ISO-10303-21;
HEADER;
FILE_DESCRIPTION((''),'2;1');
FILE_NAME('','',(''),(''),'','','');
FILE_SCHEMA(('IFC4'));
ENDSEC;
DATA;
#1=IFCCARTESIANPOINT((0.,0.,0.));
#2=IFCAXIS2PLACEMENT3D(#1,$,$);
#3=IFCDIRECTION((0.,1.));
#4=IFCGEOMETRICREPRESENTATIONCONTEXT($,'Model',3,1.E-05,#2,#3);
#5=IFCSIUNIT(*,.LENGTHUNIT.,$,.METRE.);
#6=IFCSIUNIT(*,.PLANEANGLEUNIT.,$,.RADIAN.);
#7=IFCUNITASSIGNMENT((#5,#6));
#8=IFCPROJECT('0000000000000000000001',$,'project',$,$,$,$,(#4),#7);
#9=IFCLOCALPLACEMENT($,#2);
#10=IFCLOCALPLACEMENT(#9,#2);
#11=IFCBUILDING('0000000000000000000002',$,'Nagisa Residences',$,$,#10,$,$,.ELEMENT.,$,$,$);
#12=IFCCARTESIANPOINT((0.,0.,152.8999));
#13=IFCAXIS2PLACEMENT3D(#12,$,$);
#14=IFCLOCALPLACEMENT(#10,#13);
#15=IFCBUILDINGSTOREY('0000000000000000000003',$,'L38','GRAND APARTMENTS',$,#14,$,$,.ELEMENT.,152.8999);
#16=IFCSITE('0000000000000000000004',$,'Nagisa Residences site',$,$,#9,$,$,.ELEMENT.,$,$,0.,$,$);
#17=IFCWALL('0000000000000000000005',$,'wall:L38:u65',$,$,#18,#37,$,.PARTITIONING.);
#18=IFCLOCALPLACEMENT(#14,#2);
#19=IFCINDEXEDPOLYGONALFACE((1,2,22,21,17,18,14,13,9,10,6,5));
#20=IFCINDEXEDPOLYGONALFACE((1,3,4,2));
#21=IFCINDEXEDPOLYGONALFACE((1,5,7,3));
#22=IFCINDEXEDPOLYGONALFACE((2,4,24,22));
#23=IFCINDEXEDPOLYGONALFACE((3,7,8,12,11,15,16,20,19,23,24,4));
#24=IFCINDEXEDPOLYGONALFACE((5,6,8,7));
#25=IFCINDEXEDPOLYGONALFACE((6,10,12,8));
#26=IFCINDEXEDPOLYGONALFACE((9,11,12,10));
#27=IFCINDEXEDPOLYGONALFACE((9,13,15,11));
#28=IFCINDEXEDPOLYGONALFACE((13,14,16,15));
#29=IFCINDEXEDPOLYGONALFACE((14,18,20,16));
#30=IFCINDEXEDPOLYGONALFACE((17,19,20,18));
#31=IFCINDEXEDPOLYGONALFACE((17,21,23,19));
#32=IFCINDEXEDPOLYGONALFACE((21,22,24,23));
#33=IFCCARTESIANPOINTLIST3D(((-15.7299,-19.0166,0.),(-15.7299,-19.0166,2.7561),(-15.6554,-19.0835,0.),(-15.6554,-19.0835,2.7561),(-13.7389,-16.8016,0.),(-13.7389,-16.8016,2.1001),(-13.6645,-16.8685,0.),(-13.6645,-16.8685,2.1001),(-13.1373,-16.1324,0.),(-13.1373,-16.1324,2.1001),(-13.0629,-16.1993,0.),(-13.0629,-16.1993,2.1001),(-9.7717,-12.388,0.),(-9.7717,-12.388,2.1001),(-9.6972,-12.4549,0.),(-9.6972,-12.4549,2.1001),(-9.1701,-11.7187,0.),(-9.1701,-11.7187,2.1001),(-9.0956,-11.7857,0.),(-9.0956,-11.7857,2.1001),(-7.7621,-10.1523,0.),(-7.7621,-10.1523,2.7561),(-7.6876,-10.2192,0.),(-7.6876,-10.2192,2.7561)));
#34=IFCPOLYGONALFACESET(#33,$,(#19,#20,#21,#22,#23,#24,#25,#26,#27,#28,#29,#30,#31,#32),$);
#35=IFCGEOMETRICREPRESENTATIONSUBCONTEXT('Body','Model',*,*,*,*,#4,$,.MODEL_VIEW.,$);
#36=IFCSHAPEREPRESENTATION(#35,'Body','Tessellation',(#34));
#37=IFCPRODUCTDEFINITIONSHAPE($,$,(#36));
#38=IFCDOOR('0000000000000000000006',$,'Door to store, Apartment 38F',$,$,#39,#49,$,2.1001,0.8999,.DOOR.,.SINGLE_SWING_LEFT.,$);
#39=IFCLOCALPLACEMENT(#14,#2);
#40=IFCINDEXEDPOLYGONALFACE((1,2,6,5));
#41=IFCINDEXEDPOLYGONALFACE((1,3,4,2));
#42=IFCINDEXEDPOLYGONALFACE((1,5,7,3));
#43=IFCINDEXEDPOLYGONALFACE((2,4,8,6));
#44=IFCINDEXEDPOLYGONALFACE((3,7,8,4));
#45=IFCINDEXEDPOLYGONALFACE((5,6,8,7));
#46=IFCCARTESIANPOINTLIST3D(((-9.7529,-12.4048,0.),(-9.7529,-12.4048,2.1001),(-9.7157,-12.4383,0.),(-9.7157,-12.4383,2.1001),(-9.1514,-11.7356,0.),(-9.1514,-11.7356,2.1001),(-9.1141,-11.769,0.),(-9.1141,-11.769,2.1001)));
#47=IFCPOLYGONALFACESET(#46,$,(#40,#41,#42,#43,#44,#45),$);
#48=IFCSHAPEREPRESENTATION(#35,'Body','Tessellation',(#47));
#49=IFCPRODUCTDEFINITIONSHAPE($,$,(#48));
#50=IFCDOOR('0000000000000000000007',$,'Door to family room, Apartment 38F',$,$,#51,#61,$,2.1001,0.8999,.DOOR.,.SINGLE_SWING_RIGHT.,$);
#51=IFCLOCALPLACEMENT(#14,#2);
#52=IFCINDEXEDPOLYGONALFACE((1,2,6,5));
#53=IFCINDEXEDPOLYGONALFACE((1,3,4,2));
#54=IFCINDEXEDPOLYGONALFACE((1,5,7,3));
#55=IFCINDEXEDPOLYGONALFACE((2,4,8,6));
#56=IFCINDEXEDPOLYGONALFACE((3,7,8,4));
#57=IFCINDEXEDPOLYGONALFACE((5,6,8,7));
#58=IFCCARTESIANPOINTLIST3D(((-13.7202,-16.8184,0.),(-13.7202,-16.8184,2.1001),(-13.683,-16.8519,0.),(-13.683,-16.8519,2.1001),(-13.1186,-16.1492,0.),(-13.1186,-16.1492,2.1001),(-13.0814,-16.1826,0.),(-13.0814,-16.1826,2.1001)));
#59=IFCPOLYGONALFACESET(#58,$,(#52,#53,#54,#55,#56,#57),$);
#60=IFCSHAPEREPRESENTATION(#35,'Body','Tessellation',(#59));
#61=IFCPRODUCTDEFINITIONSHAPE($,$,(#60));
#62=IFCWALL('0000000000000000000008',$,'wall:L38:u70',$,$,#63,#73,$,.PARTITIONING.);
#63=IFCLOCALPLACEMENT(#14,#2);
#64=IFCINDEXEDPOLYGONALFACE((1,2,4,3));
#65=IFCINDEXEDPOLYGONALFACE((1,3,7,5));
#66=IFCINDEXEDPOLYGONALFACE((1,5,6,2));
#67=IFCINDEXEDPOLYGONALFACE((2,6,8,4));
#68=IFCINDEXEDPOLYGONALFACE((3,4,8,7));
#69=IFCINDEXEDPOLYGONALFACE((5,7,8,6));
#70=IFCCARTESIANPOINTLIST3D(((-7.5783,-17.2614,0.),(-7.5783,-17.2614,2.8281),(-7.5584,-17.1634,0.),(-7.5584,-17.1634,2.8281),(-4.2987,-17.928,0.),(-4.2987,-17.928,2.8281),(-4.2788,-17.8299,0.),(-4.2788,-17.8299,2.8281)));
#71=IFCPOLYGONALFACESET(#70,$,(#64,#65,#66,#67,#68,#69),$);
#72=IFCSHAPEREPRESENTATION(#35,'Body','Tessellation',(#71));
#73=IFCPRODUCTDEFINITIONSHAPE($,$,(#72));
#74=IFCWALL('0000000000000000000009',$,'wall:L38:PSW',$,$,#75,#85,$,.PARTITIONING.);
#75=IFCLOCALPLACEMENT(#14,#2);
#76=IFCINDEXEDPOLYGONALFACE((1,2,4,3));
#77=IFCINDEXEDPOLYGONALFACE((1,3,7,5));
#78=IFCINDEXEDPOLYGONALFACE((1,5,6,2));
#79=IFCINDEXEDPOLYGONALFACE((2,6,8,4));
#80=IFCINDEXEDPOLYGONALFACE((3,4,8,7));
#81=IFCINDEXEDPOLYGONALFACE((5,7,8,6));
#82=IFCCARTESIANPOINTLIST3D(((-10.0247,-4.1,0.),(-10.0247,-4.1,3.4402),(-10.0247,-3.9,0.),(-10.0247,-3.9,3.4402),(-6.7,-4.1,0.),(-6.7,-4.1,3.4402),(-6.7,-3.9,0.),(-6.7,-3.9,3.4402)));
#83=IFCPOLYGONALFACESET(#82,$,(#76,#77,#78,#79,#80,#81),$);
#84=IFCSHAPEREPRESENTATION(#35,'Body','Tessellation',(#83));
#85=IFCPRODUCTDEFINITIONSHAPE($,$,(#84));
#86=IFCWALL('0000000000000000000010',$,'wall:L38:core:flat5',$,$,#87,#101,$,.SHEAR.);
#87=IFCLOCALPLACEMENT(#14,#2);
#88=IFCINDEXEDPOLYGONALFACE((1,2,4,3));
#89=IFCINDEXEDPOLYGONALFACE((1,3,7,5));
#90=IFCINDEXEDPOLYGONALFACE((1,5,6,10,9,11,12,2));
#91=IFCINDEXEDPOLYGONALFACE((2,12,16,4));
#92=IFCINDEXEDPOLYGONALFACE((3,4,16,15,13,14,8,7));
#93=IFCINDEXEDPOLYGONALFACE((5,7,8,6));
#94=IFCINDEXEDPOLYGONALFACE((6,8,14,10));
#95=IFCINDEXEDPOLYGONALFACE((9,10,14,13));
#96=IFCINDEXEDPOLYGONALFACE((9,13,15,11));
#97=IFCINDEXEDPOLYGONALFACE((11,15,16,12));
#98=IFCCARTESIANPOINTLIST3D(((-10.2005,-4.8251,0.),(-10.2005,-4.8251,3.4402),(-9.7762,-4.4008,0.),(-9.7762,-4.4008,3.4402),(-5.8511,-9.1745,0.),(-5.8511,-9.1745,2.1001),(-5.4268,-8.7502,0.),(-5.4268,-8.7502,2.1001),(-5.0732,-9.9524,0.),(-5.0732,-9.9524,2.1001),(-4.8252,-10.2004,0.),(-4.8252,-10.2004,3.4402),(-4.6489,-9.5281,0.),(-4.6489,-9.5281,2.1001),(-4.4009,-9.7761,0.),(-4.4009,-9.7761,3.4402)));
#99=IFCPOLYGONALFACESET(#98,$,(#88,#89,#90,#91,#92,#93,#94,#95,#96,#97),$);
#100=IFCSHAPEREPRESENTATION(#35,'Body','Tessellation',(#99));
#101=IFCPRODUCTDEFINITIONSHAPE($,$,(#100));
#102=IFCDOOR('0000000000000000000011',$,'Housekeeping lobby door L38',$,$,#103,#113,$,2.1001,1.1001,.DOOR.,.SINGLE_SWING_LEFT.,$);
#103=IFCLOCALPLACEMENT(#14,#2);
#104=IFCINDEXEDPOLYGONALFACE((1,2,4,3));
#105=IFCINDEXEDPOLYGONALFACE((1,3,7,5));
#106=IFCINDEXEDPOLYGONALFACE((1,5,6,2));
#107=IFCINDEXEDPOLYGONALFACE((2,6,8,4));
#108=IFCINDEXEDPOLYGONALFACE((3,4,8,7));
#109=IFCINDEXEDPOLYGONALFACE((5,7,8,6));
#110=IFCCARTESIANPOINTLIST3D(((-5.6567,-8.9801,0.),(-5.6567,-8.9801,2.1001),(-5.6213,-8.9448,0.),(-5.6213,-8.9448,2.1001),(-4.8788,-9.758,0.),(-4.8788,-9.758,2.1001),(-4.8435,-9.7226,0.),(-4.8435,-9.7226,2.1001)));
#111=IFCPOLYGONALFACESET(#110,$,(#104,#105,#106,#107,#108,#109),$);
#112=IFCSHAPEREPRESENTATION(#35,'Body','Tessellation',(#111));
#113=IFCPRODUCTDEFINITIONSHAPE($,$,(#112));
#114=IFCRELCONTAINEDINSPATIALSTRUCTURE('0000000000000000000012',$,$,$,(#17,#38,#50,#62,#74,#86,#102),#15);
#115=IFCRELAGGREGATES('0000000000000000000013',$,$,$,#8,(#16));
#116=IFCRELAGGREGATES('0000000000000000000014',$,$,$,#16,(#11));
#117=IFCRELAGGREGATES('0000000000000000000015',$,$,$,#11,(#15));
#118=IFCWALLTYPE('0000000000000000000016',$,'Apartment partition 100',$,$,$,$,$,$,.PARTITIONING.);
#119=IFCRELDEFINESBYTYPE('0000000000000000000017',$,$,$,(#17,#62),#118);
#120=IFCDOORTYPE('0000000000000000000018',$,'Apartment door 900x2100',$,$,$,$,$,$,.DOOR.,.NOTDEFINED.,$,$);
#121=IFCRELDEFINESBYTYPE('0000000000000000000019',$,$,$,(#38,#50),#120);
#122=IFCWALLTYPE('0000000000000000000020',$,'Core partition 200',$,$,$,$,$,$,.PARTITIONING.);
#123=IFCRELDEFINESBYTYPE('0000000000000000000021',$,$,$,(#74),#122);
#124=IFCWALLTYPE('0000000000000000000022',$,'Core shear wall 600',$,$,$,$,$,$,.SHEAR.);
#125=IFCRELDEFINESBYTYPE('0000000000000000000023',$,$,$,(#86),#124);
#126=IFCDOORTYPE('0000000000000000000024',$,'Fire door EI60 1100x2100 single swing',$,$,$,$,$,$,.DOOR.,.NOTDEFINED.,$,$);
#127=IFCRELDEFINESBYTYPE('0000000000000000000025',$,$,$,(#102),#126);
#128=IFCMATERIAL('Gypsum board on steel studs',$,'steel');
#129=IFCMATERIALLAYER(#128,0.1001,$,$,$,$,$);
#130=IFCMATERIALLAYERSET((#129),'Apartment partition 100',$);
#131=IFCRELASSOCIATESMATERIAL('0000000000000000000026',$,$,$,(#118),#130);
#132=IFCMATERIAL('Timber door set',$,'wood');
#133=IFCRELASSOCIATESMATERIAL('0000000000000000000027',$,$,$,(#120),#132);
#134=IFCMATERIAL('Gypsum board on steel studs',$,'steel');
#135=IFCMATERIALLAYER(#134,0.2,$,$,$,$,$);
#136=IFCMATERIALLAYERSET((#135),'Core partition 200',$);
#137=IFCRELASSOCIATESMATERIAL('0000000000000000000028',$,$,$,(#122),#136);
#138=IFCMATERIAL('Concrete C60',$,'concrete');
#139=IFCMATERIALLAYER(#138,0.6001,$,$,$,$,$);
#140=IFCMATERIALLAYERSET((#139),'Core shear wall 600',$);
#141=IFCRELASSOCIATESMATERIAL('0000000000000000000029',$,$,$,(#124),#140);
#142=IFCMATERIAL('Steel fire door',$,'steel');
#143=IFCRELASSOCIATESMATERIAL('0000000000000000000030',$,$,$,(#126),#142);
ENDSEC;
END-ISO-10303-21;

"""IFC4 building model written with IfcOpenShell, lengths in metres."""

from ifc_helpers import new_model, si_unit, direction, frame, frame_2d, origin, place, context, subcontext, project, spatial, rectangle, extrude, material, layer, layer_set, type_object, element, fill, save


model = new_model("IFC4")

# Units and contexts
model_context = context("Model", 3, precision=1e-05, world=origin(), true_north=direction((0.0, 1.0)))
body_context = subcontext(model_context, "Body", "Model", "MODEL_VIEW")
ifc_project = project(units=[si_unit("LENGTHUNIT", "METRE"), si_unit("PLANEANGLEUNIT", "RADIAN")], contexts=[model_context])

# Site, building, storey
site_placement = place(None, origin())
site = spatial("IfcSite", under=ifc_project, at=site_placement, Name="Nagisa Residences site", CompositionType="ELEMENT", RefElevation=0.0)
building_placement = place(site_placement, origin())
building = spatial("IfcBuilding", under=site, at=building_placement, Name="Nagisa Residences", CompositionType="ELEMENT")
storey_placement = place(building_placement, frame((0.0, 0.0, 152.8999)))
storey = spatial("IfcBuildingStorey", under=building, at=storey_placement, Name="L38", Description="GRAND APARTMENTS", CompositionType="ELEMENT", Elevation=152.8999)

# Shared definitions
ifc_material_1 = material(Name="Gypsum board on steel studs", Category="steel")
ifc_layer_1 = layer(ifc_material_1, 0.1001)
ifc_layer_set_1 = layer_set([ifc_layer_1], Name="Apartment partition 100")
wall_type_1 = type_object("IfcWallType", Name="Apartment partition 100", PredefinedType="PARTITIONING", material=ifc_layer_set_1)
ifc_material_2 = material(Name="Timber door set", Category="wood")
door_type_1 = type_object("IfcDoorType", Name="Apartment door 900x2100", OperationType="NOTDEFINED", PredefinedType="DOOR", material=ifc_material_2)

# Wall, openings, doors
wall_1_placement = place(storey_placement, frame((-7.7249, -10.1858, 0.0), z_axis=(0.0, 0.0, 1.0), x_axis=(-0.668498, -0.743714, 0.0)))
wall_1 = element("IfcWall", 1, at=wall_1_placement, inside=storey, type_object=wall_type_1, Name="wall:L38:u65", PredefinedType="PARTITIONING", context=body_context, shape_type="SweptSolid", body=[
    extrude(rectangle(XDim=11.9189, YDim=0.1001, at=frame_2d((5.9595, 0.0))), origin(), (0.0, 0.0, 1.0), 2.7561),
])
opening_1_placement = place(wall_1_placement, frame((2.1062, 0.0, 0.0)))
opening_1 = element("IfcOpeningElement", 2, at=opening_1_placement, cuts=wall_1, PredefinedType="OPENING", context=body_context, shape_type="SweptSolid", body=[
    extrude(rectangle(XDim=0.8999, YDim=2.1001, at=frame_2d((0.45, 1.05))), frame((0.0, 0.0601, 0.0), z_axis=(0.0, -1.0, 0.0), x_axis=(1.0, 0.0, 0.0)), (0.0, 0.0, 1.0), 0.1201),
])
opening_2_placement = place(wall_1_placement, frame((8.0408, 0.0, 0.0)))
opening_2 = element("IfcOpeningElement", 3, at=opening_2_placement, cuts=wall_1, PredefinedType="OPENING", context=body_context, shape_type="SweptSolid", body=[
    extrude(rectangle(XDim=0.8999, YDim=2.1001, at=frame_2d((0.45, 1.05))), frame((0.0, 0.0601, 0.0), z_axis=(0.0, -1.0, 0.0), x_axis=(1.0, 0.0, 0.0)), (0.0, 0.0, 1.0), 0.1201),
])
door_1_placement = place(opening_1_placement, frame((0.8999, 0.0, 0.0), x_axis=(-1.0, 0.0, 0.0)))
door_1 = element("IfcDoor", 4, at=door_1_placement, inside=storey, type_object=door_type_1, Name="Door to store, Apartment 38F", OperationType="SINGLE_SWING_LEFT", OverallHeight=2.1001, OverallWidth=0.8999, PredefinedType="DOOR", context=body_context, shape_type="SweptSolid", body=[
    extrude(rectangle(XDim=0.8999, YDim=2.1001, at=frame_2d((0.45, 1.05))), frame((0.0, 0.0249, 0.0), z_axis=(0.0, -1.0, 0.0), x_axis=(1.0, 0.0, 0.0)), (0.0, 0.0, 1.0), 0.05),
])
fill(opening_1, door_1)
door_2_placement = place(opening_2_placement, frame((0.8999, 0.0, 0.0), x_axis=(-1.0, 0.0, 0.0)))
door_2 = element("IfcDoor", 5, at=door_2_placement, inside=storey, type_object=door_type_1, Name="Door to family room, Apartment 38F", OperationType="SINGLE_SWING_RIGHT", OverallHeight=2.1001, OverallWidth=0.8999, PredefinedType="DOOR", context=body_context, shape_type="SweptSolid", body=[
    extrude(rectangle(XDim=0.8999, YDim=2.1001, at=frame_2d((0.45, 1.05))), frame((0.0, 0.0249, 0.0), z_axis=(0.0, -1.0, 0.0), x_axis=(1.0, 0.0, 0.0)), (0.0, 0.0, 1.0), 0.05),
])
fill(opening_2, door_2)

# Walls
wall_2_placement = place(storey_placement, frame((-7.5684, -17.2124, 0.0), z_axis=(0.0, 0.0, 1.0), x_axis=(0.979967, -0.19916, 0.0)))
element("IfcWall", 6, at=wall_2_placement, inside=storey, type_object=wall_type_1, Name="wall:L38:u70", PredefinedType="PARTITIONING", context=body_context, shape_type="SweptSolid", body=[
    extrude(rectangle(XDim=3.3467, YDim=0.1001, at=frame_2d((1.6733, 0.0))), origin(), (0.0, 0.0, 1.0), 2.8281),
])
ifc_material_3 = material(Name="Gypsum board on steel studs", Category="steel")
ifc_layer_2 = layer(ifc_material_3, 0.2)
ifc_layer_set_2 = layer_set([ifc_layer_2], Name="Core partition 200")
wall_type_2 = type_object("IfcWallType", Name="Core partition 200", PredefinedType="PARTITIONING", material=ifc_layer_set_2)
wall_3_placement = place(storey_placement, frame((-10.0247, -4.0, 0.0), z_axis=(0.0, 0.0, 1.0), x_axis=(1.0, 0.0, 0.0)))
element("IfcWall", 7, at=wall_3_placement, inside=storey, type_object=wall_type_2, Name="wall:L38:PSW", PredefinedType="PARTITIONING", context=body_context, shape_type="SweptSolid", body=[
    extrude(rectangle(XDim=3.3247, YDim=0.2, at=frame_2d((1.6624, 0.0))), origin(), (0.0, 0.0, 1.0), 3.4402),
])

# Wall, opening, door
ifc_material_4 = material(Name="Concrete C60", Category="concrete")
ifc_layer_3 = layer(ifc_material_4, 0.6001)
ifc_layer_set_3 = layer_set([ifc_layer_3], Name="Core shear wall 600")
wall_type_3 = type_object("IfcWallType", Name="Core shear wall 600", PredefinedType="SHEAR", material=ifc_layer_set_3)
wall_4_placement = place(storey_placement, frame((-9.9883, -4.613, 0.0), z_axis=(0.0, 0.0, 1.0), x_axis=(0.707107, -0.707107, 0.0)))
wall_4 = element("IfcWall", 8, at=wall_4_placement, inside=storey, type_object=wall_type_3, Name="wall:L38:core:flat5", PredefinedType="SHEAR", context=body_context, shape_type="SweptSolid", body=[
    extrude(rectangle(XDim=7.6018, YDim=0.6001, at=frame_2d((3.8008, 0.0))), origin(), (0.0, 0.0, 1.0), 3.4402),
])
opening_3_placement = place(wall_4_placement, frame((6.1509, 0.0, 0.0)))
opening_3 = element("IfcOpeningElement", 9, at=opening_3_placement, cuts=wall_4, PredefinedType="OPENING", context=body_context, shape_type="SweptSolid", body=[
    extrude(rectangle(XDim=1.1001, YDim=2.1001, at=frame_2d((0.55, 1.05))), frame((0.0, 0.3101, 0.0), z_axis=(0.0, -1.0, 0.0), x_axis=(1.0, 0.0, 0.0)), (0.0, 0.0, 1.0), 0.6201),
])
ifc_material_5 = material(Name="Steel fire door", Category="steel")
door_type_2 = type_object("IfcDoorType", Name="Fire door EI60 1100x2100 single swing", OperationType="NOTDEFINED", PredefinedType="DOOR", material=ifc_material_5)
door_3_placement = place(opening_3_placement, origin())
door_3 = element("IfcDoor", 10, at=door_3_placement, inside=storey, type_object=door_type_2, Name="Housekeeping lobby door L38", OperationType="SINGLE_SWING_LEFT", OverallHeight=2.1001, OverallWidth=1.1001, PredefinedType="DOOR", context=body_context, shape_type="SweptSolid", body=[
    extrude(rectangle(XDim=1.1001, YDim=2.1001, at=frame_2d((0.55, 1.05))), frame((0.0, 0.0249, 0.0), z_axis=(0.0, -1.0, 0.0), x_axis=(1.0, 0.0, 0.0)), (0.0, 0.0, 1.0), 0.05),
])
fill(opening_3, door_3)

save(model, "model.ifc")
